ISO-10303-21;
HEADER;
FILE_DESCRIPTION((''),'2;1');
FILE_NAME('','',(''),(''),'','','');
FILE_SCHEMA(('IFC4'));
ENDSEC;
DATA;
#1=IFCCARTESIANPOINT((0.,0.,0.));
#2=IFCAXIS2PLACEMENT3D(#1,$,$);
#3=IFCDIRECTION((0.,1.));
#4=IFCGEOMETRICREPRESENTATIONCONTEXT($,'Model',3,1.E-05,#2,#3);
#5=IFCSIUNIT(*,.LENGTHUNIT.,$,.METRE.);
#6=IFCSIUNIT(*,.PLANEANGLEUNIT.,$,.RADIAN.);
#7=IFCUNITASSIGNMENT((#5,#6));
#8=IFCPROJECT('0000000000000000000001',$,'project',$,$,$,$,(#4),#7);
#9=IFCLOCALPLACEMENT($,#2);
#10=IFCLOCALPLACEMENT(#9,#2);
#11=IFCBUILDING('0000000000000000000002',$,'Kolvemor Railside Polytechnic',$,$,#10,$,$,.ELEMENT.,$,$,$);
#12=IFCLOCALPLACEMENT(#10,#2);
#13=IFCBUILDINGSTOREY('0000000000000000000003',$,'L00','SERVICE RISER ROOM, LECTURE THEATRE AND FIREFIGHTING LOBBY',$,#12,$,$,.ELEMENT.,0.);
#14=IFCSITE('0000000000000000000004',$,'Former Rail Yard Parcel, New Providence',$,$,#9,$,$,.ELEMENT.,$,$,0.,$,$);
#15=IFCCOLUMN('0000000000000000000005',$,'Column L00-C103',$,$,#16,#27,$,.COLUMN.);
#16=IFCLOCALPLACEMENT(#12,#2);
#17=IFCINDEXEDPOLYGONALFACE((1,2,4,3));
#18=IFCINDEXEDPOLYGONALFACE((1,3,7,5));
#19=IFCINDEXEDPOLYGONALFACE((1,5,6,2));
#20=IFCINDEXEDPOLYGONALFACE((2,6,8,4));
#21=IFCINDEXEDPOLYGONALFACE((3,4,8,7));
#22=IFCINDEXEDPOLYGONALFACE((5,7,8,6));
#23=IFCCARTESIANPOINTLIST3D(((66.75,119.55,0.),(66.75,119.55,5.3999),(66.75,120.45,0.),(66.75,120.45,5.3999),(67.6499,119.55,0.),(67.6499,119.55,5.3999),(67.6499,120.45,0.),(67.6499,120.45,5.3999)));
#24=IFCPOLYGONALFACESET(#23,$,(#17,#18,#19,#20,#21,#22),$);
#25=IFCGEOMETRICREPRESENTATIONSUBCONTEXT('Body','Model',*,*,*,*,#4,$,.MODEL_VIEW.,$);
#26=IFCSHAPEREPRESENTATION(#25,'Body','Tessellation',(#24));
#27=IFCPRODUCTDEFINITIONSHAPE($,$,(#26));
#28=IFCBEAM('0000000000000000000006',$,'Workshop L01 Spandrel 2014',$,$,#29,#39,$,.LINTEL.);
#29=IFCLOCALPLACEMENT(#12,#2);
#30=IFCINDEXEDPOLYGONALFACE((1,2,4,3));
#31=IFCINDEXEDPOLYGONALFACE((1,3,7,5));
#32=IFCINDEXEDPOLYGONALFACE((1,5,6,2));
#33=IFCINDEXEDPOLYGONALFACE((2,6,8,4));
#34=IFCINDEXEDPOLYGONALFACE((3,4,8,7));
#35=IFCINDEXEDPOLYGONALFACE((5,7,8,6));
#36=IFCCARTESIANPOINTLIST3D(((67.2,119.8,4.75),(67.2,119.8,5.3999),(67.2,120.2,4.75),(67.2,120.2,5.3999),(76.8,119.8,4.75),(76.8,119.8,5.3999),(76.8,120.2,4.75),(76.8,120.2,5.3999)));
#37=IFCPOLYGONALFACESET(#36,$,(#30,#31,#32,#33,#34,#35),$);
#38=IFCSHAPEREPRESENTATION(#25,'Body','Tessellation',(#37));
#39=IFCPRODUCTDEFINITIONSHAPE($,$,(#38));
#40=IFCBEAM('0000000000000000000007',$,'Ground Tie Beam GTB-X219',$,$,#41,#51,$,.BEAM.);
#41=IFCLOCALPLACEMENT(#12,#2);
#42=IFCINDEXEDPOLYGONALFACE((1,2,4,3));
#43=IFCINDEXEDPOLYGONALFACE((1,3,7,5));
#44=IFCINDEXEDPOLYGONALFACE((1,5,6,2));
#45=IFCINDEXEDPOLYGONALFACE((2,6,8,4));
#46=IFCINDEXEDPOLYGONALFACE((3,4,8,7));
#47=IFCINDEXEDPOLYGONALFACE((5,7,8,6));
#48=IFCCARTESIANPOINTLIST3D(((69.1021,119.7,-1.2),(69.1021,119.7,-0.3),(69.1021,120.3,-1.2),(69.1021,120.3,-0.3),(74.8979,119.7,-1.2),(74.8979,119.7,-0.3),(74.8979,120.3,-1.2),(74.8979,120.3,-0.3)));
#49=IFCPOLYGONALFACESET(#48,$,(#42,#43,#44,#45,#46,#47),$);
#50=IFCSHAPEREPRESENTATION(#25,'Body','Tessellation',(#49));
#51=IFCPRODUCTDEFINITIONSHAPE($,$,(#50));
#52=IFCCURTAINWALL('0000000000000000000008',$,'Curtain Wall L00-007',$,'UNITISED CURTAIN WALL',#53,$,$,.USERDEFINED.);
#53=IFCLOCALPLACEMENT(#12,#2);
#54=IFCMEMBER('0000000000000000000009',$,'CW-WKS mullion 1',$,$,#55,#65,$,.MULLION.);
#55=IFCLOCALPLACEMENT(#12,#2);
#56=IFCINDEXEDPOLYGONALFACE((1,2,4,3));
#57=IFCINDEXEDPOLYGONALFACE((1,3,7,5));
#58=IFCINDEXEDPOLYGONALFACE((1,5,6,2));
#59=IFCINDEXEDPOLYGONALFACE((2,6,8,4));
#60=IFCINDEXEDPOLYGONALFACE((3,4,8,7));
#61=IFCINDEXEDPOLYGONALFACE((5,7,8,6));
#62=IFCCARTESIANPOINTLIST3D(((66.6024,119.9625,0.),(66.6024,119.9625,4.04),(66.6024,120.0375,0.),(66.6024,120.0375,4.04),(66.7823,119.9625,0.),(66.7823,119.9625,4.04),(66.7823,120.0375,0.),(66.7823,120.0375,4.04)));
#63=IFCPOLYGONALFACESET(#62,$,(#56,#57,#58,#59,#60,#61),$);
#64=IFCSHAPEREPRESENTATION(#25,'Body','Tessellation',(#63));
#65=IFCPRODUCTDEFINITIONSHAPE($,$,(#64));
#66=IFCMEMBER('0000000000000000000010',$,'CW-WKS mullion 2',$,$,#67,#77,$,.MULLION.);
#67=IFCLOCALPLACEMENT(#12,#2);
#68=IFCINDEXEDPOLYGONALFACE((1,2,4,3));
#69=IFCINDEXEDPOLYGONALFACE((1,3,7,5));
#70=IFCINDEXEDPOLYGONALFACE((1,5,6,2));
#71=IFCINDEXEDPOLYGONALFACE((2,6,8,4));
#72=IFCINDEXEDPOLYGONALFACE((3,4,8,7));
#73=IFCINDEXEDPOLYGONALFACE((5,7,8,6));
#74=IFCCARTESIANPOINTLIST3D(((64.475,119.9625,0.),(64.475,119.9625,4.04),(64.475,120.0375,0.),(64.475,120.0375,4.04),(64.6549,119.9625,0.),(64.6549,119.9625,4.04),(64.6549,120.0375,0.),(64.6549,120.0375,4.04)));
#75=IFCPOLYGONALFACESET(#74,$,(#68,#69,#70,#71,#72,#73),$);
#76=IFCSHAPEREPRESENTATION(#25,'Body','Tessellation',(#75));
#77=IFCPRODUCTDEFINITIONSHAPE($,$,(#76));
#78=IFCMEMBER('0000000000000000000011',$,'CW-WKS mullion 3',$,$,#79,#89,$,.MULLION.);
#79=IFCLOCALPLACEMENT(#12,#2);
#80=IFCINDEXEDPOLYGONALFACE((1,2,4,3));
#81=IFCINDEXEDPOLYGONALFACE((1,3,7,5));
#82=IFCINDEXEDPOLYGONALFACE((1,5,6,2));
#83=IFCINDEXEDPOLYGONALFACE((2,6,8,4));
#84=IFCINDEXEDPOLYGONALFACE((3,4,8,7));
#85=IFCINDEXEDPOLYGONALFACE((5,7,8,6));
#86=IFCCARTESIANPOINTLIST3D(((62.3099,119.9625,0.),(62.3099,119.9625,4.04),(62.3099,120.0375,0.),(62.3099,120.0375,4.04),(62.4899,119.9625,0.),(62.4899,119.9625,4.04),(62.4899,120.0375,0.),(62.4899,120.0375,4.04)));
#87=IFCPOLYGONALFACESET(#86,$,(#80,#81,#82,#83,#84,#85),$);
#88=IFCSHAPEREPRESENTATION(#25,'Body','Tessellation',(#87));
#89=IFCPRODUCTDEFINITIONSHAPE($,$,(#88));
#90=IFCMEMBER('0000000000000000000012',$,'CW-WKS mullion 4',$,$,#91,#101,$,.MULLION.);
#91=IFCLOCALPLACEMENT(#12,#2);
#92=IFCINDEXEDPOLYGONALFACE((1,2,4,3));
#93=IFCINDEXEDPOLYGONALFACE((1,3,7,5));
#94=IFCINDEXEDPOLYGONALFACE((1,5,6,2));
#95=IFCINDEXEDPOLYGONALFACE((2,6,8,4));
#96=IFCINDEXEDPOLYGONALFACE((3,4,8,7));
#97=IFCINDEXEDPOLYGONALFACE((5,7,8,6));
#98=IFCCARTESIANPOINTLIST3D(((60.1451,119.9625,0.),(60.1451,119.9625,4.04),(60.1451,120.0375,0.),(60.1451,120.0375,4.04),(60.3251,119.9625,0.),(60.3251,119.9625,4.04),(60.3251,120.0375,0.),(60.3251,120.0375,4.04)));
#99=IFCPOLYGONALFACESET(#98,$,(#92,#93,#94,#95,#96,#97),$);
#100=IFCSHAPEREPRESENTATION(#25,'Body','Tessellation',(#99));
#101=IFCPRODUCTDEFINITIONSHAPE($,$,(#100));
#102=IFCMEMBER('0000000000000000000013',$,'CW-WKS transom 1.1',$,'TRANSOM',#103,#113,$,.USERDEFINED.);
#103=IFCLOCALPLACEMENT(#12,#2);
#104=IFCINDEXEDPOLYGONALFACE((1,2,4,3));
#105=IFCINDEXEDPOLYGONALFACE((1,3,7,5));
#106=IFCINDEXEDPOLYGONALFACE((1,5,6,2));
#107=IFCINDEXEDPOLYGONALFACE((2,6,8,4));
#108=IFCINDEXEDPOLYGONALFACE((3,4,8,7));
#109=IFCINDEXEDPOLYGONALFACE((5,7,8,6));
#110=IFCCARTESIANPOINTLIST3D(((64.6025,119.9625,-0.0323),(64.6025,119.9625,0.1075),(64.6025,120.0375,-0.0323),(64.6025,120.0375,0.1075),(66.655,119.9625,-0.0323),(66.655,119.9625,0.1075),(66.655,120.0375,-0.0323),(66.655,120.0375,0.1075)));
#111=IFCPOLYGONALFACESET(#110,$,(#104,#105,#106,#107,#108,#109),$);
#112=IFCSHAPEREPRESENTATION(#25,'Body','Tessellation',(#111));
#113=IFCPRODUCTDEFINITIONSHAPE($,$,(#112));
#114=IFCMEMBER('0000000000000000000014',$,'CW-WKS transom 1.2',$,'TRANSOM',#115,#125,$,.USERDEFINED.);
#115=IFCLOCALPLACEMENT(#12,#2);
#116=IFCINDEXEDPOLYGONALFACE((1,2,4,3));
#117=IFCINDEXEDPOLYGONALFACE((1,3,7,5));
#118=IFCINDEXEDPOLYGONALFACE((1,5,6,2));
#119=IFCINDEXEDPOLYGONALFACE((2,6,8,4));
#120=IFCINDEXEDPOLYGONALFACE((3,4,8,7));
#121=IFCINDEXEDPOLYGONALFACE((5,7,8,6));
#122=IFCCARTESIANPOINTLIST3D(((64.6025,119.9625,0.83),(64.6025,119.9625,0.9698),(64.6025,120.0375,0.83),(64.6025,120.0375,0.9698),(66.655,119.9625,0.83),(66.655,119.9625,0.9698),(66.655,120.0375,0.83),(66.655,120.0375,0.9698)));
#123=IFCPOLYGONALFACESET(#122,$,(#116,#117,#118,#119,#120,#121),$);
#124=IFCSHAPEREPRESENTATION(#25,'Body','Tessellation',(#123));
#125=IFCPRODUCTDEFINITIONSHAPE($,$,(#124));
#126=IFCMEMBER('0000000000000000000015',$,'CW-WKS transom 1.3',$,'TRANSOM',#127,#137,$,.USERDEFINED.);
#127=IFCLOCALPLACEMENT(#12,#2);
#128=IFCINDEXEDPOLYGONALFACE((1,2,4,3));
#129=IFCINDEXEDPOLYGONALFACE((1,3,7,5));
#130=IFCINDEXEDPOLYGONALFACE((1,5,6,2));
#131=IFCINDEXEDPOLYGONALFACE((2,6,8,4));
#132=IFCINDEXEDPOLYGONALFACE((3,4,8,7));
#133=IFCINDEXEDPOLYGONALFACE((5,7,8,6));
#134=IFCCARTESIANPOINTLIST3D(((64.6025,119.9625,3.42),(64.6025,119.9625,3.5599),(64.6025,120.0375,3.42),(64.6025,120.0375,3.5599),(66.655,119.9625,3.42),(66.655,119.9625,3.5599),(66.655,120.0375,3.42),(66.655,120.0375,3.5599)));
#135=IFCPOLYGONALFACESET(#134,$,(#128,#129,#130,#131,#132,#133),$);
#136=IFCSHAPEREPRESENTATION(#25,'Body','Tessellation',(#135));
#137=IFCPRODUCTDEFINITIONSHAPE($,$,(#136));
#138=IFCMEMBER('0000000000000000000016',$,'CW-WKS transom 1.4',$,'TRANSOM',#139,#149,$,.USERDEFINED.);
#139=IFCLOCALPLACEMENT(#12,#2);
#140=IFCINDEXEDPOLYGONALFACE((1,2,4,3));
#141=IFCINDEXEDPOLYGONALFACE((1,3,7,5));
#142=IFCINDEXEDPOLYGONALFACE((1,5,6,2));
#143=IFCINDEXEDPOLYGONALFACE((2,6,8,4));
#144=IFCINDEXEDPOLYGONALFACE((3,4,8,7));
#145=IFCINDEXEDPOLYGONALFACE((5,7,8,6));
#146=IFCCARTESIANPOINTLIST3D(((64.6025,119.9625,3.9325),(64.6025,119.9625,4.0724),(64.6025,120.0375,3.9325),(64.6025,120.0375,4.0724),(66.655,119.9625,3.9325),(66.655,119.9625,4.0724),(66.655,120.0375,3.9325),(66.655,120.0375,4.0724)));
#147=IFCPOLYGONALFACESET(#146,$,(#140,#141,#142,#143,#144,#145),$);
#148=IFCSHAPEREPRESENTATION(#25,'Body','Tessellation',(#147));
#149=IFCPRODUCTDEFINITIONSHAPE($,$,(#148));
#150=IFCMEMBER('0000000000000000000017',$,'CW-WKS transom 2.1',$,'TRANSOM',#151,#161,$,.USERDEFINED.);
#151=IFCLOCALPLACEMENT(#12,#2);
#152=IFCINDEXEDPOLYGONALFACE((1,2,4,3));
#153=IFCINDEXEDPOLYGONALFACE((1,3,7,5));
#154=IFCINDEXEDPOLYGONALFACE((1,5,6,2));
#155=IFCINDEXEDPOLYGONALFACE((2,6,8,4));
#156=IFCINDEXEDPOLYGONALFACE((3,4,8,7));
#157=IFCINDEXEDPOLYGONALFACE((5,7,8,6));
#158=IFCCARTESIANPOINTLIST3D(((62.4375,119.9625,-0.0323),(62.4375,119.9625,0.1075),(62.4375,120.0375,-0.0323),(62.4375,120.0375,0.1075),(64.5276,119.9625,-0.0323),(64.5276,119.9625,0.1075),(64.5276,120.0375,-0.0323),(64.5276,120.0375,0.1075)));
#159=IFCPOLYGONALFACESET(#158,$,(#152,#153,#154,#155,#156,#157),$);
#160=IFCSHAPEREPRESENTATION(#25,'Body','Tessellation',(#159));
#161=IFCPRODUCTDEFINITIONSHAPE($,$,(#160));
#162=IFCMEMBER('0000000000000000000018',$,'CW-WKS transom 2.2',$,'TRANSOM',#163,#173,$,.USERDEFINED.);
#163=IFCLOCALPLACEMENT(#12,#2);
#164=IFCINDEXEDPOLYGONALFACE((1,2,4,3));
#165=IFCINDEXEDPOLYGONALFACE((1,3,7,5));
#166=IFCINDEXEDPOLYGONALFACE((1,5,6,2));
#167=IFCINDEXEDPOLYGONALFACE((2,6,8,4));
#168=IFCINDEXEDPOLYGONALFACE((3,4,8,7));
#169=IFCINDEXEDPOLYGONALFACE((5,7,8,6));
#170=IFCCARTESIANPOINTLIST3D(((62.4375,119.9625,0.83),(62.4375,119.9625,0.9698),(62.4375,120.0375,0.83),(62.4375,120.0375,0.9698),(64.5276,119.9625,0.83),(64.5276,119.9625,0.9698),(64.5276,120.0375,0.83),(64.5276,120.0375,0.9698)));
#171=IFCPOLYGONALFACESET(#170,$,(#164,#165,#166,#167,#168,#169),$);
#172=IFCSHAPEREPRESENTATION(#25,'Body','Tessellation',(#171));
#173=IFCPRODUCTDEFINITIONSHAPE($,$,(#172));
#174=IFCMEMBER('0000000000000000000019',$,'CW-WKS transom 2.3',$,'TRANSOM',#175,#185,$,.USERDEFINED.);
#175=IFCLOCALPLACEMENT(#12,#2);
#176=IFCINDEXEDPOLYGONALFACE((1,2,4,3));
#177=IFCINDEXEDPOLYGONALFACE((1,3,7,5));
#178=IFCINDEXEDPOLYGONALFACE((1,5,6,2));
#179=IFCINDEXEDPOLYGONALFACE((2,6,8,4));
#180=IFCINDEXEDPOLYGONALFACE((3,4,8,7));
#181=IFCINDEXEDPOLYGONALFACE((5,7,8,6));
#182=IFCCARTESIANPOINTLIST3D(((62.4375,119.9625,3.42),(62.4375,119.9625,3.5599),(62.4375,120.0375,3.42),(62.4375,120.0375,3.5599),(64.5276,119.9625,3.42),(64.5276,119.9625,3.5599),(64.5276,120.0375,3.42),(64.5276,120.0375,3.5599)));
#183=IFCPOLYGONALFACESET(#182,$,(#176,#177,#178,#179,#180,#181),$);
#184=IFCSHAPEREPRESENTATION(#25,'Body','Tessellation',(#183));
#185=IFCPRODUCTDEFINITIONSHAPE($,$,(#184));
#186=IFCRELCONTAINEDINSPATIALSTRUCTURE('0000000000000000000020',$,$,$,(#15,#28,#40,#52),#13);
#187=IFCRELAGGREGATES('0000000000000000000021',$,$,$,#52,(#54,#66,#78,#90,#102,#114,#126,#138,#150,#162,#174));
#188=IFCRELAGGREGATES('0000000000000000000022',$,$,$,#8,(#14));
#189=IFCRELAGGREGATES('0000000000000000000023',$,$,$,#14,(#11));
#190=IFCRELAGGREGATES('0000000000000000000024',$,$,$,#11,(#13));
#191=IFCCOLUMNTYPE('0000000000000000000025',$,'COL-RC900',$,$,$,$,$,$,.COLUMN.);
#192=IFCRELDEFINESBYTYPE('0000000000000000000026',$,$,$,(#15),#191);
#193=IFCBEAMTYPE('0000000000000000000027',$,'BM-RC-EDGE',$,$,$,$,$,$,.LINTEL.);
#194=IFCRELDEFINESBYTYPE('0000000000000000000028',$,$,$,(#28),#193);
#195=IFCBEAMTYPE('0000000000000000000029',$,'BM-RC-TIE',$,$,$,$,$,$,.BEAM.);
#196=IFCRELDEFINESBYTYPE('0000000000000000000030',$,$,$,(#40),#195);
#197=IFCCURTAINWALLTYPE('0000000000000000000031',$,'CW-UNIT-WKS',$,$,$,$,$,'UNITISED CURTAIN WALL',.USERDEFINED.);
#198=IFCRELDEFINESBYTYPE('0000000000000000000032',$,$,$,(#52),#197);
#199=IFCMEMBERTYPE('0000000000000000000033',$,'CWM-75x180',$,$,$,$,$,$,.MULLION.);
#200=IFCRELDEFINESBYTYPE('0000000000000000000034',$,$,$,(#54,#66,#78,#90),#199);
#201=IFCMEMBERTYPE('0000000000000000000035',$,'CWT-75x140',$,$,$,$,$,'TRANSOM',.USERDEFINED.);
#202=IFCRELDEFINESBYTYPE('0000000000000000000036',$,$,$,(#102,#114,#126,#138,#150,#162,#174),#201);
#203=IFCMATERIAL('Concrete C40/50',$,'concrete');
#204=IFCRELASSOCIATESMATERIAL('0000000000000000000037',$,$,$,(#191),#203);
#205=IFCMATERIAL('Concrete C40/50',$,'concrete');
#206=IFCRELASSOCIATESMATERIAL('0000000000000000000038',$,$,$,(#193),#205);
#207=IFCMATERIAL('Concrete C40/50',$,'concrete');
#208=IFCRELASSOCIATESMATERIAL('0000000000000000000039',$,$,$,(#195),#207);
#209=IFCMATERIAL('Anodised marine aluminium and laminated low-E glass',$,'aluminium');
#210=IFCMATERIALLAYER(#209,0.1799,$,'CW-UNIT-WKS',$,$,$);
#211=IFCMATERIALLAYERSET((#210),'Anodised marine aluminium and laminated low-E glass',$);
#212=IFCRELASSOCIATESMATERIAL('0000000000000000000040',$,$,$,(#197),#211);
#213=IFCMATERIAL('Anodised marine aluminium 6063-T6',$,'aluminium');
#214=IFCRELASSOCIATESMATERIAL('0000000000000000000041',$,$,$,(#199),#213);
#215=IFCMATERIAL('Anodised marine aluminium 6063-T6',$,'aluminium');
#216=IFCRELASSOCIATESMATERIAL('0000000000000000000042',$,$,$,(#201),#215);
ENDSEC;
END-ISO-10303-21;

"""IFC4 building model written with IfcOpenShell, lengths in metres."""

from ifc_helpers import new_model, si_unit, direction, frame, origin, origin_2d, place, context, subcontext, project, spatial, rectangle, extrude, material, layer, layer_set, material_profile, profile_set, type_object, element, aggregate, save


model = new_model("IFC4")

# Units and contexts
model_context = context("Model", 3, precision=1e-05, world=origin(), true_north=direction((0.0, 1.0)))
body_context = subcontext(model_context, "Body", "Model", "MODEL_VIEW")
ifc_project = project(units=[si_unit("LENGTHUNIT", "METRE"), si_unit("PLANEANGLEUNIT", "RADIAN")], contexts=[model_context])

# Site, building, storey
site_placement = place(None, origin())
site = spatial("IfcSite", under=ifc_project, at=site_placement, Name="Former Rail Yard Parcel, New Providence", CompositionType="ELEMENT", RefElevation=0.0)
building_placement = place(site_placement, origin())
building = spatial("IfcBuilding", under=site, at=building_placement, Name="Kolvemor Railside Polytechnic", CompositionType="ELEMENT")
storey_placement = place(building_placement, origin())
storey = spatial("IfcBuildingStorey", under=building, at=storey_placement, Name="L00", Description="SERVICE RISER ROOM, LECTURE THEATRE AND FIREFIGHTING LOBBY", CompositionType="ELEMENT", Elevation=0.0)

# Column
ifc_material_1 = material(Name="Concrete C40/50", Category="concrete")
ifc_material_profile_1 = material_profile(ifc_material_1, rectangle(XDim=0.8999, YDim=0.8999, at=origin_2d()), Name="RC900x900")
ifc_profile_set_1 = profile_set([ifc_material_profile_1], Name="Concrete C40/50")
column_type = type_object("IfcColumnType", Name="COL-RC900", PredefinedType="COLUMN", material=ifc_profile_set_1)
column_placement = place(storey_placement, frame((67.2, 120.0, 0.0), z_axis=(0.0, 0.0, 1.0), x_axis=(1.0, 0.0, 0.0)))
element("IfcColumn", 1, at=column_placement, inside=storey, type_object=column_type, Name="Column L00-C103", PredefinedType="COLUMN", context=body_context, shape_type="SweptSolid", body=[
    extrude(rectangle(XDim=0.8999, YDim=0.8999, at=origin_2d()), origin(), (0.0, 0.0, 1.0), 5.3999),
])

# Beams
ifc_material_2 = material(Name="Concrete C40/50", Category="concrete")
ifc_material_profile_2 = material_profile(ifc_material_2, rectangle(XDim=0.3999, YDim=0.6499, at=origin_2d()), Name="RC400x650")
ifc_profile_set_2 = profile_set([ifc_material_profile_2], Name="Concrete C40/50")
beam_type_1 = type_object("IfcBeamType", Name="BM-RC-EDGE", PredefinedType="LINTEL", material=ifc_profile_set_2)
beam_1_placement = place(storey_placement, frame((67.2, 120.0, 5.075), z_axis=(1.0, 0.0, 0.0), x_axis=(0.0, 1.0, 0.0)))
element("IfcBeam", 2, at=beam_1_placement, inside=storey, type_object=beam_type_1, Name="Workshop L01 Spandrel 2014", PredefinedType="LINTEL", context=body_context, shape_type="SweptSolid", body=[
    extrude(rectangle(XDim=0.3999, YDim=0.6499, at=origin_2d()), origin(), (0.0, 0.0, 1.0), 9.6001),
])
ifc_material_3 = material(Name="Concrete C40/50", Category="concrete")
ifc_material_profile_3 = material_profile(ifc_material_3, rectangle(XDim=0.6001, YDim=0.8999, at=origin_2d()), Name="RC600x900")
ifc_profile_set_3 = profile_set([ifc_material_profile_3], Name="Concrete C40/50")
beam_type_2 = type_object("IfcBeamType", Name="BM-RC-TIE", PredefinedType="BEAM", material=ifc_profile_set_3)
beam_2_placement = place(storey_placement, frame((69.1021, 120.0, -0.75), z_axis=(1.0, 0.0, 0.0), x_axis=(0.0, 1.0, 0.0)))
element("IfcBeam", 3, at=beam_2_placement, inside=storey, type_object=beam_type_2, Name="Ground Tie Beam GTB-X219", PredefinedType="BEAM", context=body_context, shape_type="SweptSolid", body=[
    extrude(rectangle(XDim=0.6001, YDim=0.8999, at=origin_2d()), origin(), (0.0, 0.0, 1.0), 5.7959),
])

# Curtain wall, members
ifc_material_4 = material(Name="Anodised marine aluminium and laminated low-E glass", Category="aluminium")
ifc_layer_1 = layer(ifc_material_4, 0.1799, Name="CW-UNIT-WKS")
ifc_layer_set_1 = layer_set([ifc_layer_1], Name="Anodised marine aluminium and laminated low-E glass")
curtain_wall_type = type_object("IfcCurtainWallType", Name="CW-UNIT-WKS", ElementType="UNITISED CURTAIN WALL", PredefinedType="USERDEFINED", material=ifc_layer_set_1)
curtain_wall_placement = place(storey_placement, origin())
curtain_wall = element("IfcCurtainWall", 4, at=curtain_wall_placement, inside=storey, type_object=curtain_wall_type, Name="Curtain Wall L00-007", ObjectType="UNITISED CURTAIN WALL", PredefinedType="USERDEFINED")
ifc_material_5 = material(Name="Anodised marine aluminium 6063-T6", Category="aluminium")
ifc_material_profile_4 = material_profile(ifc_material_5, rectangle(XDim=0.075, YDim=0.1799, at=origin_2d()), Name="CW-MUL-75x180")
ifc_profile_set_4 = profile_set([ifc_material_profile_4], Name="Anodised marine aluminium 6063-T6")
member_type_1 = type_object("IfcMemberType", Name="CWM-75x180", PredefinedType="MULLION", material=ifc_profile_set_4)
member_1_placement = place(storey_placement, frame((66.6924, 120.0, 0.0), z_axis=(0.0, 0.0, 1.0), x_axis=(0.0, -1.0, 0.0)))
member_1 = element("IfcMember", 5, at=member_1_placement, type_object=member_type_1, Name="CW-WKS mullion 1", PredefinedType="MULLION", context=body_context, shape_type="SweptSolid", body=[
    extrude(rectangle(XDim=0.075, YDim=0.1799, at=origin_2d()), origin(), (0.0, 0.0, 1.0), 4.04),
])
member_2_placement = place(storey_placement, frame((64.5649, 120.0, 0.0), z_axis=(0.0, 0.0, 1.0), x_axis=(0.0, -1.0, 0.0)))
member_2 = element("IfcMember", 6, at=member_2_placement, type_object=member_type_1, Name="CW-WKS mullion 2", PredefinedType="MULLION", context=body_context, shape_type="SweptSolid", body=[
    extrude(rectangle(XDim=0.075, YDim=0.1799, at=origin_2d()), origin(), (0.0, 0.0, 1.0), 4.04),
])
member_3_placement = place(storey_placement, frame((62.3999, 120.0, 0.0), z_axis=(0.0, 0.0, 1.0), x_axis=(0.0, -1.0, 0.0)))
member_3 = element("IfcMember", 7, at=member_3_placement, type_object=member_type_1, Name="CW-WKS mullion 3", PredefinedType="MULLION", context=body_context, shape_type="SweptSolid", body=[
    extrude(rectangle(XDim=0.075, YDim=0.1799, at=origin_2d()), origin(), (0.0, 0.0, 1.0), 4.04),
])
member_4_placement = place(storey_placement, frame((60.2351, 120.0, 0.0), z_axis=(0.0, 0.0, 1.0), x_axis=(0.0, -1.0, 0.0)))
member_4 = element("IfcMember", 8, at=member_4_placement, type_object=member_type_1, Name="CW-WKS mullion 4", PredefinedType="MULLION", context=body_context, shape_type="SweptSolid", body=[
    extrude(rectangle(XDim=0.075, YDim=0.1799, at=origin_2d()), origin(), (0.0, 0.0, 1.0), 4.04),
])
ifc_material_6 = material(Name="Anodised marine aluminium 6063-T6", Category="aluminium")
ifc_material_profile_5 = material_profile(ifc_material_6, rectangle(XDim=0.075, YDim=0.1399, at=origin_2d()), Name="CW-TRN-75x140")
ifc_profile_set_5 = profile_set([ifc_material_profile_5], Name="Anodised marine aluminium 6063-T6")
member_type_2 = type_object("IfcMemberType", Name="CWT-75x140", ElementType="TRANSOM", PredefinedType="USERDEFINED", material=ifc_profile_set_5)
member_5_placement = place(storey_placement, frame((66.655, 120.0, 0.0376), z_axis=(-1.0, 0.0, 0.0), x_axis=(0.0, -1.0, 0.0)))
member_5 = element("IfcMember", 9, at=member_5_placement, type_object=member_type_2, Name="CW-WKS transom 1.1", ObjectType="TRANSOM", PredefinedType="USERDEFINED", context=body_context, shape_type="SweptSolid", body=[
    extrude(rectangle(XDim=0.075, YDim=0.1399, at=origin_2d()), origin(), (0.0, 0.0, 1.0), 2.0525),
])
member_6_placement = place(storey_placement, frame((66.655, 120.0, 0.8999), z_axis=(-1.0, 0.0, 0.0), x_axis=(0.0, -1.0, 0.0)))
member_6 = element("IfcMember", 10, at=member_6_placement, type_object=member_type_2, Name="CW-WKS transom 1.2", ObjectType="TRANSOM", PredefinedType="USERDEFINED", context=body_context, shape_type="SweptSolid", body=[
    extrude(rectangle(XDim=0.075, YDim=0.1399, at=origin_2d()), origin(), (0.0, 0.0, 1.0), 2.0525),
])
member_7_placement = place(storey_placement, frame((66.655, 120.0, 3.49), z_axis=(-1.0, 0.0, 0.0), x_axis=(0.0, -1.0, 0.0)))
member_7 = element("IfcMember", 11, at=member_7_placement, type_object=member_type_2, Name="CW-WKS transom 1.3", ObjectType="TRANSOM", PredefinedType="USERDEFINED", context=body_context, shape_type="SweptSolid", body=[
    extrude(rectangle(XDim=0.075, YDim=0.1399, at=origin_2d()), origin(), (0.0, 0.0, 1.0), 2.0525),
])
member_8_placement = place(storey_placement, frame((66.655, 120.0, 4.0024), z_axis=(-1.0, 0.0, 0.0), x_axis=(0.0, -1.0, 0.0)))
member_8 = element("IfcMember", 12, at=member_8_placement, type_object=member_type_2, Name="CW-WKS transom 1.4", ObjectType="TRANSOM", PredefinedType="USERDEFINED", context=body_context, shape_type="SweptSolid", body=[
    extrude(rectangle(XDim=0.075, YDim=0.1399, at=origin_2d()), origin(), (0.0, 0.0, 1.0), 2.0525),
])
member_9_placement = place(storey_placement, frame((64.5276, 120.0, 0.0376), z_axis=(-1.0, 0.0, 0.0), x_axis=(0.0, -1.0, 0.0)))
member_9 = element("IfcMember", 13, at=member_9_placement, type_object=member_type_2, Name="CW-WKS transom 2.1", ObjectType="TRANSOM", PredefinedType="USERDEFINED", context=body_context, shape_type="SweptSolid", body=[
    extrude(rectangle(XDim=0.075, YDim=0.1399, at=origin_2d()), origin(), (0.0, 0.0, 1.0), 2.0901),
])
member_10_placement = place(storey_placement, frame((64.5276, 120.0, 0.8999), z_axis=(-1.0, 0.0, 0.0), x_axis=(0.0, -1.0, 0.0)))
member_10 = element("IfcMember", 14, at=member_10_placement, type_object=member_type_2, Name="CW-WKS transom 2.2", ObjectType="TRANSOM", PredefinedType="USERDEFINED", context=body_context, shape_type="SweptSolid", body=[
    extrude(rectangle(XDim=0.075, YDim=0.1399, at=origin_2d()), origin(), (0.0, 0.0, 1.0), 2.0901),
])
member_11_placement = place(storey_placement, frame((64.5276, 120.0, 3.49), z_axis=(-1.0, 0.0, 0.0), x_axis=(0.0, -1.0, 0.0)))
member_11 = element("IfcMember", 15, at=member_11_placement, type_object=member_type_2, Name="CW-WKS transom 2.3", ObjectType="TRANSOM", PredefinedType="USERDEFINED", context=body_context, shape_type="SweptSolid", body=[
    extrude(rectangle(XDim=0.075, YDim=0.1399, at=origin_2d()), origin(), (0.0, 0.0, 1.0), 2.0901),
])
aggregate(curtain_wall, [member_1, member_2, member_3, member_4, member_5, member_6, member_7, member_8, member_9, member_10, member_11])

save(model, "model.ifc")
